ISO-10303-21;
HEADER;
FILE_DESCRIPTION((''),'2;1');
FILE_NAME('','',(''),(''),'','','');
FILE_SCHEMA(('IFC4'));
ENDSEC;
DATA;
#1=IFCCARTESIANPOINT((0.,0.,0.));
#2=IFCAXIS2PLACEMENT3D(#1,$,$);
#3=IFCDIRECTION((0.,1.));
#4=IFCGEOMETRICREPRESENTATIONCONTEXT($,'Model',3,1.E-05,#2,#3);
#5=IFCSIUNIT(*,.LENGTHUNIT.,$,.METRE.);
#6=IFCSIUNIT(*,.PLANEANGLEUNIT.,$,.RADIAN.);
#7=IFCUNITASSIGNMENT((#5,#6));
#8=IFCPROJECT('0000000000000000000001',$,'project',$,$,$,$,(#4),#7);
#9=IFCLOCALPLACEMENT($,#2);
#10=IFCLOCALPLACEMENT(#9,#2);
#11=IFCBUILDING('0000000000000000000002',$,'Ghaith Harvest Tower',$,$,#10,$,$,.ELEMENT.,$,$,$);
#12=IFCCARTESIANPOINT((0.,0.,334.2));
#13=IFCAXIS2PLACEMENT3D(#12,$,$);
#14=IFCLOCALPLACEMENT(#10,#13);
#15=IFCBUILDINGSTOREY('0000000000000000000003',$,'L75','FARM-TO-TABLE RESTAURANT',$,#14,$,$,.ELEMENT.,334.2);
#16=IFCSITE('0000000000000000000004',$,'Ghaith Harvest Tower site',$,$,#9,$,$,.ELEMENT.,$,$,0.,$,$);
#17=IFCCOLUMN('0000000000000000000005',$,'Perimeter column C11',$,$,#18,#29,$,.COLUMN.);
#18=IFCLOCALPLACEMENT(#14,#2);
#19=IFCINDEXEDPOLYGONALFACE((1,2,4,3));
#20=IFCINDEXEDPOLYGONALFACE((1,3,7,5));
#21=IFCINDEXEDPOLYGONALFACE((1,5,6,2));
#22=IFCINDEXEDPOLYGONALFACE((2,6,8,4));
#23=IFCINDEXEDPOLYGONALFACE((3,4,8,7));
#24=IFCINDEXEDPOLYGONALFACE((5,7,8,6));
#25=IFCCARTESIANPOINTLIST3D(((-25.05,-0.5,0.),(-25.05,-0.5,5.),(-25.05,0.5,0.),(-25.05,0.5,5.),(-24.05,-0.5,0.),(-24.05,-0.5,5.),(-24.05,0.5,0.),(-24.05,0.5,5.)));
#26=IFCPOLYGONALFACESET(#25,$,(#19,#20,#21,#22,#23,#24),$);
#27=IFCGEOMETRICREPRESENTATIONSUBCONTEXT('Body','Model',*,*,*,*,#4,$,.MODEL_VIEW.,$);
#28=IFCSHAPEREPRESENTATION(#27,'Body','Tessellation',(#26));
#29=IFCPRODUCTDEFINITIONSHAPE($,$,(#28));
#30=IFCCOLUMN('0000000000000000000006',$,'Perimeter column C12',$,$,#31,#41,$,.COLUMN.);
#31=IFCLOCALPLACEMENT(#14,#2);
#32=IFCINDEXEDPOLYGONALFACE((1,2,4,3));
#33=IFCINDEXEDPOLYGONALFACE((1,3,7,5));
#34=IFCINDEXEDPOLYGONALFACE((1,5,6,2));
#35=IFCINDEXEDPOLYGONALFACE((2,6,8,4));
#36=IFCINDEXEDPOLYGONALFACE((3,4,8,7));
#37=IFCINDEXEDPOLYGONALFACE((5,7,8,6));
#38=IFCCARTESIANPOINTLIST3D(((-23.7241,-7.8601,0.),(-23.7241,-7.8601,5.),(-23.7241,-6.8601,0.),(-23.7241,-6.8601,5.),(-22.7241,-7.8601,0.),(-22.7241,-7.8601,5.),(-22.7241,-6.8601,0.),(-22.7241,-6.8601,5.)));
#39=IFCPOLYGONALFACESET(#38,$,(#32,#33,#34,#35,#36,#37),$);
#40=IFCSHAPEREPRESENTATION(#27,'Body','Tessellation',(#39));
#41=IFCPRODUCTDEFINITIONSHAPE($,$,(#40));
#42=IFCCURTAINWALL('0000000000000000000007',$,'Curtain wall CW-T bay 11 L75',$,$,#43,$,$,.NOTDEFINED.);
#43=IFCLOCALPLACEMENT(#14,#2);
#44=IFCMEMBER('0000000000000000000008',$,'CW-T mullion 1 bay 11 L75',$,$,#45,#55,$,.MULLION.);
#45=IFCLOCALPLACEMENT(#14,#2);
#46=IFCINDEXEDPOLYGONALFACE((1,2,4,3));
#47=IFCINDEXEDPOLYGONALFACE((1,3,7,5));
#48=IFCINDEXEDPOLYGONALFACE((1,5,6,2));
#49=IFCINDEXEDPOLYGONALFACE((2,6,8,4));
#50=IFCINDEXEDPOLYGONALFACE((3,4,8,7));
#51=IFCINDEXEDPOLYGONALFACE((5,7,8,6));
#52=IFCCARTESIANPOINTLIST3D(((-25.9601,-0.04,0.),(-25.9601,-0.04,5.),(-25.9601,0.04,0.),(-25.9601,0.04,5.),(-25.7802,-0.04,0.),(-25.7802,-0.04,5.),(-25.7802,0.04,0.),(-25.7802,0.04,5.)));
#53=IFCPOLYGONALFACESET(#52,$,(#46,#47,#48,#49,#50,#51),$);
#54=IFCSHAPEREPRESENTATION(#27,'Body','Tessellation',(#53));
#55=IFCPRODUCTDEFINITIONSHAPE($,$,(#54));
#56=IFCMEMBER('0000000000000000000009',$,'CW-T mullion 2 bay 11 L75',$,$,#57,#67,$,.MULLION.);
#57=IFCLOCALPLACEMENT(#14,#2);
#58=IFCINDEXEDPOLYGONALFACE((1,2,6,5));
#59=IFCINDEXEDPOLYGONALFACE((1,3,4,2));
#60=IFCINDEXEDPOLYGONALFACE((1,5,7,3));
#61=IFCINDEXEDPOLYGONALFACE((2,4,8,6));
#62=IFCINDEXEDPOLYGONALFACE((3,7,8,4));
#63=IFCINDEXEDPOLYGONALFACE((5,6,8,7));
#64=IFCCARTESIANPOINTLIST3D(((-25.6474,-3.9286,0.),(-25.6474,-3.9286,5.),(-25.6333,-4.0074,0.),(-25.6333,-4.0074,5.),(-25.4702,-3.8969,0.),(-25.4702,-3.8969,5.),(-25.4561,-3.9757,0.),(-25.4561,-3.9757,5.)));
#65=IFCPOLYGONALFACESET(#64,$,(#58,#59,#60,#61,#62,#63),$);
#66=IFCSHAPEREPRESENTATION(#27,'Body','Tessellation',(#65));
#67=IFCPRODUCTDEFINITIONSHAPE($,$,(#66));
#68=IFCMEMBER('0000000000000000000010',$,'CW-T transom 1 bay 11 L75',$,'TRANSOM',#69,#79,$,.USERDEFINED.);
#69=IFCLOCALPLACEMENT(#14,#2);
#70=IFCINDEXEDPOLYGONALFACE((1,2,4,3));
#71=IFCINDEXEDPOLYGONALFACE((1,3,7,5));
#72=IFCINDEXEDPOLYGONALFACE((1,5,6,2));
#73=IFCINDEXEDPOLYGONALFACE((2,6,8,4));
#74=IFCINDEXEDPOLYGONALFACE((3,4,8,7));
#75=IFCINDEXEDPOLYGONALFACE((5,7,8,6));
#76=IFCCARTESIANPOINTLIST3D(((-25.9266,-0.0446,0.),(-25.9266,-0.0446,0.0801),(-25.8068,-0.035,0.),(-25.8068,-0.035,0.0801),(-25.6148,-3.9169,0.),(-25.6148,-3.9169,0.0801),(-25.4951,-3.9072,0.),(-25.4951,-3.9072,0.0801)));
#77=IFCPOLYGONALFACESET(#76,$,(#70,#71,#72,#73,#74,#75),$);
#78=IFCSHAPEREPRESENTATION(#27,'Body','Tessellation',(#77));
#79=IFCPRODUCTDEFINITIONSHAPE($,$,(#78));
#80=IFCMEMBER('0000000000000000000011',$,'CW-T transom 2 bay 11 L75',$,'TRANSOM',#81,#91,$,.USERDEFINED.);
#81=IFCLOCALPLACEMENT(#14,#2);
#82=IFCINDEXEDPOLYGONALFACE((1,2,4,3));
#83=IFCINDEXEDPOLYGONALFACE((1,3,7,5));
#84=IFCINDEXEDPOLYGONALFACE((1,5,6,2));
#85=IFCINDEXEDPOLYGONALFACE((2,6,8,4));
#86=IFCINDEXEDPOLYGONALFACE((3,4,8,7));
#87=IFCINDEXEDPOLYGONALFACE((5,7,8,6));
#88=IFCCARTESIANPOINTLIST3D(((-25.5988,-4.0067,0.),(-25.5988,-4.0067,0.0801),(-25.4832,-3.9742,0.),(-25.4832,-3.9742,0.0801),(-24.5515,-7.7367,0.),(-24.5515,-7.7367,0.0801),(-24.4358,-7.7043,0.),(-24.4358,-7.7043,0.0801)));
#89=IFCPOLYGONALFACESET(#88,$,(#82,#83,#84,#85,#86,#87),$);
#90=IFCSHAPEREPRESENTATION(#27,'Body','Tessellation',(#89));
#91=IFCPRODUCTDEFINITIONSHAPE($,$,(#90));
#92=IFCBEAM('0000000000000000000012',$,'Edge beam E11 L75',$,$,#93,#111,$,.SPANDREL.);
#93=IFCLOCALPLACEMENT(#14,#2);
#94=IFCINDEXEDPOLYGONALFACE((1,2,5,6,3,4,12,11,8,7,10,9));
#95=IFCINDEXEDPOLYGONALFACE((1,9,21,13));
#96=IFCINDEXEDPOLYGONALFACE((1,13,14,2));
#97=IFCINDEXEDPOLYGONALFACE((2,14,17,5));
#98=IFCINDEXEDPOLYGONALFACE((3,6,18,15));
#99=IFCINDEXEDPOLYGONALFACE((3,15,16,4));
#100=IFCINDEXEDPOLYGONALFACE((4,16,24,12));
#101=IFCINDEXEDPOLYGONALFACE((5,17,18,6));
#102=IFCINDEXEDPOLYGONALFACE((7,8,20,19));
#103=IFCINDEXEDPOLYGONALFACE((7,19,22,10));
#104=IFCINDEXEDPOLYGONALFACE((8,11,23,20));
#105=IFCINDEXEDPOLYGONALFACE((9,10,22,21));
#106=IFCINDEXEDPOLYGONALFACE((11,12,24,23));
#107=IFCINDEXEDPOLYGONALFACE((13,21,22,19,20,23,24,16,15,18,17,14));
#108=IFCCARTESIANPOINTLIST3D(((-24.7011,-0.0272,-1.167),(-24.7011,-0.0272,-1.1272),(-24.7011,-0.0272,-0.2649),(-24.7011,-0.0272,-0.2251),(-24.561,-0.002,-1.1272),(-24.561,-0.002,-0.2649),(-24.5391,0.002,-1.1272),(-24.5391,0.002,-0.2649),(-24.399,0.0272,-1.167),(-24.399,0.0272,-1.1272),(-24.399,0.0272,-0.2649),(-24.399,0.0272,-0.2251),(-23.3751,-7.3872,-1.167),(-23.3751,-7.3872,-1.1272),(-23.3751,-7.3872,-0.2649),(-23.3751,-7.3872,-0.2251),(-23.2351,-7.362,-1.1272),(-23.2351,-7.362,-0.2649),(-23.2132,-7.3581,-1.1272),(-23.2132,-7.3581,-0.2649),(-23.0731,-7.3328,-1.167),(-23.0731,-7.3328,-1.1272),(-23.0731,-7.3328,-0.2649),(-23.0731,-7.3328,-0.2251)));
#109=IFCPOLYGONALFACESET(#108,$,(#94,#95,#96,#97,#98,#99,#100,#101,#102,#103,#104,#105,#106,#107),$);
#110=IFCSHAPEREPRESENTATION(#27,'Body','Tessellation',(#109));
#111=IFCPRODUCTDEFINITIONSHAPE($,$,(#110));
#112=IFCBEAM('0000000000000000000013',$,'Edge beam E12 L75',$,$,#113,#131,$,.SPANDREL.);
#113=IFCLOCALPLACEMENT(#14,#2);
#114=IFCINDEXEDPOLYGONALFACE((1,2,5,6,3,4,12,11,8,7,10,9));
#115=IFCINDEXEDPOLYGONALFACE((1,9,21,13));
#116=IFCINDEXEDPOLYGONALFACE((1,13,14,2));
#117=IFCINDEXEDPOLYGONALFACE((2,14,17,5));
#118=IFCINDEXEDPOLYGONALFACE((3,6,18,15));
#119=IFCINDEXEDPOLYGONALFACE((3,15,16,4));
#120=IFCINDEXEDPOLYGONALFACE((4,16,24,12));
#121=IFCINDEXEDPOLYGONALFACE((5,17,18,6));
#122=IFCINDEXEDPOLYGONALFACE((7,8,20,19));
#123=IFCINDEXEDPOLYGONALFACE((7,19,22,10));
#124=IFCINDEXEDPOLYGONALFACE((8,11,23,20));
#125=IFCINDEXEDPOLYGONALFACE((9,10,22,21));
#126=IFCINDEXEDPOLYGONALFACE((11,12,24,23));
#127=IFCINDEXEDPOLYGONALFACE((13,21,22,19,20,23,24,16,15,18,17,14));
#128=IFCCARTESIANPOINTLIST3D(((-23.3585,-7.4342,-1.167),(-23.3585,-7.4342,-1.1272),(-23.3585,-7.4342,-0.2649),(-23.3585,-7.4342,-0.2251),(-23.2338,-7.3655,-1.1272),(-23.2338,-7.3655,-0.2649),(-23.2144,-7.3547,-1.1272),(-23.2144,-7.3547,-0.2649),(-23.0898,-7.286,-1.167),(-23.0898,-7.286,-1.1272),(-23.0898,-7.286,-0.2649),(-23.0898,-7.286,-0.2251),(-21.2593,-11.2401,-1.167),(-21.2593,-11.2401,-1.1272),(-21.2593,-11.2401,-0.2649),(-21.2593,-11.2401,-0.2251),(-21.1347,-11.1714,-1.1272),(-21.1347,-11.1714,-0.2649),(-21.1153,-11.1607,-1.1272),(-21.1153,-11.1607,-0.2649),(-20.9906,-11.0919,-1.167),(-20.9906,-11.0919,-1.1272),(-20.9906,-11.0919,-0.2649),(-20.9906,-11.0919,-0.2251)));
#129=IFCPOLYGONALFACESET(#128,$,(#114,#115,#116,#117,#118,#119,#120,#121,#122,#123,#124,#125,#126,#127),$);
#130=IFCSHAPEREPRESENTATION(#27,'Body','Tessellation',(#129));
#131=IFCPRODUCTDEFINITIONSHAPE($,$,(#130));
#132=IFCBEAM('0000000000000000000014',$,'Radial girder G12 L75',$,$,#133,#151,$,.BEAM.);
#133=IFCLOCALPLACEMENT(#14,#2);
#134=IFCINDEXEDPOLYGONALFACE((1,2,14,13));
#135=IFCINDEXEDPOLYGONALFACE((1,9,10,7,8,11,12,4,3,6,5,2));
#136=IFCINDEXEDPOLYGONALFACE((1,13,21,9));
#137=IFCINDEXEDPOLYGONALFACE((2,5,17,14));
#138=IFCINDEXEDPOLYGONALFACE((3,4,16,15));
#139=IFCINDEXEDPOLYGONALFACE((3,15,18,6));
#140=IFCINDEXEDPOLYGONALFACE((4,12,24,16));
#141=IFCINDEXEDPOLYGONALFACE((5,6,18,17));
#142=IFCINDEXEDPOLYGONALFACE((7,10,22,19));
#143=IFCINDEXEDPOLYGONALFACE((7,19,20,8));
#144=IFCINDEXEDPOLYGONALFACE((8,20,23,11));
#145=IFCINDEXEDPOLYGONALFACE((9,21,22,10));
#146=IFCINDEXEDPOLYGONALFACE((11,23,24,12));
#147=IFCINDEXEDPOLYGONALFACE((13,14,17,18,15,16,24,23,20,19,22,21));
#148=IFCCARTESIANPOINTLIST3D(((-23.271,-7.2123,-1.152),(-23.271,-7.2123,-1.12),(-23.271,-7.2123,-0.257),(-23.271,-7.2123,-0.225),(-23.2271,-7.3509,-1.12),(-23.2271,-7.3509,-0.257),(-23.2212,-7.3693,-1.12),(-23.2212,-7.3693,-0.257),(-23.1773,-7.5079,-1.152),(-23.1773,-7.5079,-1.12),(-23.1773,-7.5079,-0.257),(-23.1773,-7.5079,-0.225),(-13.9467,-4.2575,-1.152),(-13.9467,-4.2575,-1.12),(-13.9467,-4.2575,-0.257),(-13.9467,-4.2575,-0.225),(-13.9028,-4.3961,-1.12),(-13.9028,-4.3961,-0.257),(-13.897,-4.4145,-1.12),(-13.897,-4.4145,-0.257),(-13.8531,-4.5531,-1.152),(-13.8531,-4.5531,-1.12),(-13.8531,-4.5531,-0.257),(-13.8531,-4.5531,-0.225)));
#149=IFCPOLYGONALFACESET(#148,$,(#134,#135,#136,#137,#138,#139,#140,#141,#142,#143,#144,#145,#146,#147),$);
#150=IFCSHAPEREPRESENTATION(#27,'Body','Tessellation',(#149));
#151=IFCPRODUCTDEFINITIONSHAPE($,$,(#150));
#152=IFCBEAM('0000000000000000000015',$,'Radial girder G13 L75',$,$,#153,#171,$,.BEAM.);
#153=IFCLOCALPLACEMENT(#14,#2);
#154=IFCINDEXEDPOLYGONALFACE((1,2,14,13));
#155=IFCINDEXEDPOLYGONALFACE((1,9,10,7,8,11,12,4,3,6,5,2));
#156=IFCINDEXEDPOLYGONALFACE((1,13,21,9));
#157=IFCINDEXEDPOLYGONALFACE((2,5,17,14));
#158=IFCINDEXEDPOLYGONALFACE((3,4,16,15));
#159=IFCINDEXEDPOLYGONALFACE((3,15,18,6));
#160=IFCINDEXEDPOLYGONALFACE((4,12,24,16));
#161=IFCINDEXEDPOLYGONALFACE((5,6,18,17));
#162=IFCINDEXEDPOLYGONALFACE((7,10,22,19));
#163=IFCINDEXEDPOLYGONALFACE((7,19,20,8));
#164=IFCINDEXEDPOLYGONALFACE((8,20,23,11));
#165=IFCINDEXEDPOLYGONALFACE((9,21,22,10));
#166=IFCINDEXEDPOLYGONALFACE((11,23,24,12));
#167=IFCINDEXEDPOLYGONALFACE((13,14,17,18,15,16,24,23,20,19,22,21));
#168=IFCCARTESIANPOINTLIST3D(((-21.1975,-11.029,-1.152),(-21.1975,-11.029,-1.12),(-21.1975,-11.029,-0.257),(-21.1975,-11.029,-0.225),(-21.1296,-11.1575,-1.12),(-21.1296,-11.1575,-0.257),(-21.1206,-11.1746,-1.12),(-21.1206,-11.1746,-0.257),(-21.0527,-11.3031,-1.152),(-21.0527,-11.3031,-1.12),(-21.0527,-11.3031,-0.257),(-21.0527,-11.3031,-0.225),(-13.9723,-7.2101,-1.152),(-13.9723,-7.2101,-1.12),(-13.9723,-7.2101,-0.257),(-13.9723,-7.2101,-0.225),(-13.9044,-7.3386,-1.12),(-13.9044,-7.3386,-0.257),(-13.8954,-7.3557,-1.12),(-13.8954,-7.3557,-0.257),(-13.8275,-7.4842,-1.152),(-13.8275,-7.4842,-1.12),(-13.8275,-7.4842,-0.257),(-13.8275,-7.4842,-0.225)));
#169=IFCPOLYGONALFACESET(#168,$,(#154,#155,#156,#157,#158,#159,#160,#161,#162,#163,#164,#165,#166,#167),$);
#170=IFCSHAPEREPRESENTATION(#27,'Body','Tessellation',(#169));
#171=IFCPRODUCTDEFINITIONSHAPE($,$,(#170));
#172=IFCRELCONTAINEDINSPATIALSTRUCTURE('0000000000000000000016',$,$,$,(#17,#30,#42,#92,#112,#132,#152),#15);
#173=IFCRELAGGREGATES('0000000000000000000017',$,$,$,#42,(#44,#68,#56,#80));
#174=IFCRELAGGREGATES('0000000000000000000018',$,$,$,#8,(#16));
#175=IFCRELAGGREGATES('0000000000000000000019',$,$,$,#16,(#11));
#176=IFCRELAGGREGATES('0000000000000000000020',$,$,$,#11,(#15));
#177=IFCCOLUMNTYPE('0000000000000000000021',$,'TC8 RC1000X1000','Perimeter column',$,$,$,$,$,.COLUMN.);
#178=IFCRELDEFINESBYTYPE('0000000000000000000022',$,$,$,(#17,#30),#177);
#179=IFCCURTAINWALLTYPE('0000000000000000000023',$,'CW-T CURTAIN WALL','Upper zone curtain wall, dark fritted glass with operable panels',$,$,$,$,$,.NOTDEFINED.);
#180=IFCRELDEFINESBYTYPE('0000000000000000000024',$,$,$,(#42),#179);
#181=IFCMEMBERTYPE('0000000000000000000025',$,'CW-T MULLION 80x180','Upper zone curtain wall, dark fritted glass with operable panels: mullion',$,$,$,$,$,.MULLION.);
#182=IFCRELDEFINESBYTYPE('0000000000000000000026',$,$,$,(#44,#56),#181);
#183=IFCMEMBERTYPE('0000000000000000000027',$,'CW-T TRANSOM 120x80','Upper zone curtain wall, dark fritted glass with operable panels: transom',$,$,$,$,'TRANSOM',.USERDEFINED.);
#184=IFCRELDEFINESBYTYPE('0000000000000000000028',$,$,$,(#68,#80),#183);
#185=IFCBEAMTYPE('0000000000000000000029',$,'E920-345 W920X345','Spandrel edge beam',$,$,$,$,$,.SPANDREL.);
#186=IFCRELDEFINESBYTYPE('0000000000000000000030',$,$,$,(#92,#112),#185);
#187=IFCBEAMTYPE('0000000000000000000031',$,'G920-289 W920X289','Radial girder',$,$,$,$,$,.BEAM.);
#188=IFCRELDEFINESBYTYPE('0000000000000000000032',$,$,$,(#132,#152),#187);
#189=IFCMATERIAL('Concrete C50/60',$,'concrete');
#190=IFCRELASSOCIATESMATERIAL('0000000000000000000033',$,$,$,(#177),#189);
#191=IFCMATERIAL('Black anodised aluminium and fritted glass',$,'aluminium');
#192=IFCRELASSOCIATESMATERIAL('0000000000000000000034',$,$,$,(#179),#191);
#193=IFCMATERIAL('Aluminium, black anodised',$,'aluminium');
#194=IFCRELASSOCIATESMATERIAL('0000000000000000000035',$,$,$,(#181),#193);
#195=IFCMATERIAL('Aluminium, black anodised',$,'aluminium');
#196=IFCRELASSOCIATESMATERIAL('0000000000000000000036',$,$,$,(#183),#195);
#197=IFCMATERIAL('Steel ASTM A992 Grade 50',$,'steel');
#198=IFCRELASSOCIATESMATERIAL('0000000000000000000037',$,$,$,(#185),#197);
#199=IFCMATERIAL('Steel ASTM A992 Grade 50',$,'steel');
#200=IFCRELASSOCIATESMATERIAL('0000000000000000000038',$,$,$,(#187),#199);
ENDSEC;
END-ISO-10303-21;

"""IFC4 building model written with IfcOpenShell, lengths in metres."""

from ifc_helpers import new_model, si_unit, direction, frame, origin, origin_2d, place, context, subcontext, project, spatial, rectangle, i_section, extrude, material, material_profile, profile_set, type_object, element, aggregate, save


model = new_model("IFC4")

# Units and contexts
model_context = context("Model", 3, precision=1e-05, world=origin(), true_north=direction((0.0, 1.0)))
body_context = subcontext(model_context, "Body", "Model", "MODEL_VIEW")
ifc_project = project(units=[si_unit("LENGTHUNIT", "METRE"), si_unit("PLANEANGLEUNIT", "RADIAN")], contexts=[model_context])

# Site, building, storey
site_placement = place(None, origin())
site = spatial("IfcSite", under=ifc_project, at=site_placement, Name="Ghaith Harvest Tower site", CompositionType="ELEMENT", RefElevation=0.0)
building_placement = place(site_placement, origin())
building = spatial("IfcBuilding", under=site, at=building_placement, Name="Ghaith Harvest Tower", CompositionType="ELEMENT")
storey_placement = place(building_placement, frame((0.0, 0.0, 334.2)))
storey = spatial("IfcBuildingStorey", under=building, at=storey_placement, Name="L75", Description="FARM-TO-TABLE RESTAURANT", CompositionType="ELEMENT", Elevation=334.2)

# Columns
ifc_material_1 = material(Name="Concrete C50/60", Category="concrete")
ifc_material_profile_1 = material_profile(ifc_material_1, rectangle(XDim=1.0, YDim=1.0, at=origin_2d()), Name="RC1000X1000")
ifc_profile_set_1 = profile_set([ifc_material_profile_1], Name="Concrete C50/60")
column_type = type_object("IfcColumnType", Name="TC8 RC1000X1000", Description="Perimeter column", PredefinedType="COLUMN", material=ifc_profile_set_1)
for number, where, z_axis, x_axis, name in (
    (1, (-24.55, 0.0, 0.0), (0.0, 0.0, 1.0), (1.0, 0.0, 0.0), "Perimeter column C11"),
    (2, (-23.2241, -7.3601, 0.0), (0.0, 0.0, 1.0), (1.0, 0.0, 0.0), "Perimeter column C12"),
):
    element("IfcColumn", number, at=place(storey_placement, frame(where, z_axis=z_axis, x_axis=x_axis)), inside=storey, type_object=column_type, Name=name, PredefinedType="COLUMN", context=body_context, shape_type="SweptSolid", body=[
        extrude(rectangle(XDim=1.0, YDim=1.0, at=origin_2d()), origin(), (0.0, 0.0, 1.0), 5.0),
    ])

# Curtain wall, members
ifc_material_2 = material(Name="Black anodised aluminium and fritted glass", Category="aluminium")
curtain_wall_type = type_object("IfcCurtainWallType", Name="CW-T CURTAIN WALL", Description="Upper zone curtain wall, dark fritted glass with operable panels", PredefinedType="NOTDEFINED", material=ifc_material_2)
curtain_wall_placement = place(storey_placement, origin())
curtain_wall = element("IfcCurtainWall", 3, at=curtain_wall_placement, inside=storey, type_object=curtain_wall_type, Name="Curtain wall CW-T bay 11 L75", PredefinedType="NOTDEFINED")
ifc_material_3 = material(Name="Aluminium, black anodised", Category="aluminium")
ifc_material_profile_2 = material_profile(ifc_material_3, rectangle(XDim=0.0801, YDim=0.1799, at=origin_2d()), Name="CW-T MULLION 80x180")
ifc_profile_set_2 = profile_set([ifc_material_profile_2], Name="Aluminium, black anodised")
member_type_1 = type_object("IfcMemberType", Name="CW-T MULLION 80x180", Description="Upper zone curtain wall, dark fritted glass with operable panels: mullion", PredefinedType="MULLION", material=ifc_profile_set_2)
member_1_placement = place(storey_placement, frame((-25.8701, 0.0, 0.0), z_axis=(0.0, 0.0, 1.0), x_axis=(0.0, -1.0, 0.0)))
member_1 = element("IfcMember", 4, at=member_1_placement, type_object=member_type_1, Name="CW-T mullion 1 bay 11 L75", PredefinedType="MULLION", context=body_context, shape_type="SweptSolid", body=[
    extrude(rectangle(XDim=0.0801, YDim=0.1799, at=origin_2d()), origin(), (0.0, 0.0, 1.0), 5.0),
])
member_2_placement = place(storey_placement, frame((-25.5518, -3.9521, 0.0), z_axis=(0.0, 0.0, 1.0), x_axis=(0.176001, -0.98439, 0.0)))
member_2 = element("IfcMember", 5, at=member_2_placement, type_object=member_type_1, Name="CW-T mullion 2 bay 11 L75", PredefinedType="MULLION", context=body_context, shape_type="SweptSolid", body=[
    extrude(rectangle(XDim=0.0801, YDim=0.1799, at=origin_2d()), origin(), (0.0, 0.0, 1.0), 5.0),
])
ifc_material_4 = material(Name="Aluminium, black anodised", Category="aluminium")
ifc_material_profile_3 = material_profile(ifc_material_4, rectangle(XDim=0.1201, YDim=0.0801, at=origin_2d()), Name="CW-T TRANSOM 120x80")
ifc_profile_set_3 = profile_set([ifc_material_profile_3], Name="Aluminium, black anodised")
member_type_2 = type_object("IfcMemberType", Name="CW-T TRANSOM 120x80", Description="Upper zone curtain wall, dark fritted glass with operable panels: transom", ElementType="TRANSOM", PredefinedType="USERDEFINED", material=ifc_profile_set_3)
member_3_placement = place(storey_placement, frame((-25.8667, -0.0398, 0.04), z_axis=(0.080252, -0.996775, 0.0), x_axis=(0.996775, 0.080252, 0.0)))
member_3 = element("IfcMember", 6, at=member_3_placement, type_object=member_type_2, Name="CW-T transom 1 bay 11 L75", ObjectType="TRANSOM", PredefinedType="USERDEFINED", context=body_context, shape_type="SweptSolid", body=[
    extrude(rectangle(XDim=0.1201, YDim=0.0801, at=origin_2d()), origin(), (0.0, 0.0, 1.0), 3.8848),
])
member_4_placement = place(storey_placement, frame((-25.541, -3.9905, 0.04), z_axis=(0.27034, -0.962765, 0.0), x_axis=(0.962765, 0.27034, 0.0)))
member_4 = element("IfcMember", 7, at=member_4_placement, type_object=member_type_2, Name="CW-T transom 2 bay 11 L75", ObjectType="TRANSOM", PredefinedType="USERDEFINED", context=body_context, shape_type="SweptSolid", body=[
    extrude(rectangle(XDim=0.1201, YDim=0.0801, at=origin_2d()), origin(), (0.0, 0.0, 1.0), 3.8743),
])

# Beams
ifc_material_5 = material(Name="Steel ASTM A992 Grade 50", Category="steel")
ifc_material_profile_4 = material_profile(ifc_material_5, i_section(OverallWidth=0.3069, OverallDepth=0.9419, WebThickness=0.0222, FlangeThickness=0.0398, at=origin_2d()), Name="W920X345")
ifc_profile_set_4 = profile_set([ifc_material_profile_4], Name="Steel ASTM A992 Grade 50")
beam_type_1 = type_object("IfcBeamType", Name="E920-345 W920X345", Description="Spandrel edge beam", PredefinedType="SPANDREL", material=ifc_profile_set_4)
beam_1_placement = place(storey_placement, frame((-24.55, 0.0, -0.696), z_axis=(0.177297, -0.984157, 0.0), x_axis=(0.984157, 0.177297, 0.0)))
element("IfcBeam", 8, at=beam_1_placement, inside=storey, type_object=beam_type_1, Name="Edge beam E11 L75", PredefinedType="SPANDREL", context=body_context, shape_type="SweptSolid", body=[
    extrude(i_section(OverallWidth=0.3069, OverallDepth=0.9419, WebThickness=0.0222, FlangeThickness=0.0398, at=origin_2d()), origin(), (0.0, 0.0, 1.0), 7.4785),
])
beam_2_placement = place(storey_placement, frame((-23.2241, -7.3601, -0.696), z_axis=(0.482956, -0.875645, 0.0), x_axis=(0.875645, 0.482956, 0.0)))
element("IfcBeam", 9, at=beam_2_placement, inside=storey, type_object=beam_type_1, Name="Edge beam E12 L75", PredefinedType="SPANDREL", context=body_context, shape_type="SweptSolid", body=[
    extrude(i_section(OverallWidth=0.3069, OverallDepth=0.9419, WebThickness=0.0222, FlangeThickness=0.0398, at=origin_2d()), origin(), (0.0, 0.0, 1.0), 4.3464),
])
ifc_material_6 = material(Name="Steel ASTM A992 Grade 50", Category="steel")
ifc_material_profile_5 = material_profile(ifc_material_6, i_section(OverallWidth=0.3101, OverallDepth=0.927, WebThickness=0.0193, FlangeThickness=0.032, at=origin_2d()), Name="W920X289")
ifc_profile_set_5 = profile_set([ifc_material_profile_5], Name="Steel ASTM A992 Grade 50")
beam_type_2 = type_object("IfcBeamType", Name="G920-289 W920X289", Description="Radial girder", PredefinedType="BEAM", material=ifc_profile_set_5)
beam_3_placement = place(storey_placement, frame((-13.8999, -4.4053, -0.6885), z_axis=(-0.953279, -0.302093, 0.0), x_axis=(0.302093, -0.953279, 0.0)))
element("IfcBeam", 10, at=beam_3_placement, inside=storey, type_object=beam_type_2, Name="Radial girder G12 L75", PredefinedType="BEAM", context=body_context, shape_type="SweptSolid", body=[
    extrude(i_section(OverallWidth=0.3101, OverallDepth=0.927, WebThickness=0.0193, FlangeThickness=0.032, at=origin_2d()), origin(), (0.0, 0.0, 1.0), 9.7812),
])
beam_4_placement = place(storey_placement, frame((-13.8999, -7.3472, -0.6885), z_axis=(-0.884102, -0.467295, 0.0), x_axis=(0.467295, -0.884102, 0.0)))
element("IfcBeam", 11, at=beam_4_placement, inside=storey, type_object=beam_type_2, Name="Radial girder G13 L75", PredefinedType="BEAM", context=body_context, shape_type="SweptSolid", body=[
    extrude(i_section(OverallWidth=0.3101, OverallDepth=0.927, WebThickness=0.0193, FlangeThickness=0.032, at=origin_2d()), origin(), (0.0, 0.0, 1.0), 8.1724),
])

aggregate(curtain_wall, [member_1, member_3, member_2, member_4])

save(model, "model.ifc")
